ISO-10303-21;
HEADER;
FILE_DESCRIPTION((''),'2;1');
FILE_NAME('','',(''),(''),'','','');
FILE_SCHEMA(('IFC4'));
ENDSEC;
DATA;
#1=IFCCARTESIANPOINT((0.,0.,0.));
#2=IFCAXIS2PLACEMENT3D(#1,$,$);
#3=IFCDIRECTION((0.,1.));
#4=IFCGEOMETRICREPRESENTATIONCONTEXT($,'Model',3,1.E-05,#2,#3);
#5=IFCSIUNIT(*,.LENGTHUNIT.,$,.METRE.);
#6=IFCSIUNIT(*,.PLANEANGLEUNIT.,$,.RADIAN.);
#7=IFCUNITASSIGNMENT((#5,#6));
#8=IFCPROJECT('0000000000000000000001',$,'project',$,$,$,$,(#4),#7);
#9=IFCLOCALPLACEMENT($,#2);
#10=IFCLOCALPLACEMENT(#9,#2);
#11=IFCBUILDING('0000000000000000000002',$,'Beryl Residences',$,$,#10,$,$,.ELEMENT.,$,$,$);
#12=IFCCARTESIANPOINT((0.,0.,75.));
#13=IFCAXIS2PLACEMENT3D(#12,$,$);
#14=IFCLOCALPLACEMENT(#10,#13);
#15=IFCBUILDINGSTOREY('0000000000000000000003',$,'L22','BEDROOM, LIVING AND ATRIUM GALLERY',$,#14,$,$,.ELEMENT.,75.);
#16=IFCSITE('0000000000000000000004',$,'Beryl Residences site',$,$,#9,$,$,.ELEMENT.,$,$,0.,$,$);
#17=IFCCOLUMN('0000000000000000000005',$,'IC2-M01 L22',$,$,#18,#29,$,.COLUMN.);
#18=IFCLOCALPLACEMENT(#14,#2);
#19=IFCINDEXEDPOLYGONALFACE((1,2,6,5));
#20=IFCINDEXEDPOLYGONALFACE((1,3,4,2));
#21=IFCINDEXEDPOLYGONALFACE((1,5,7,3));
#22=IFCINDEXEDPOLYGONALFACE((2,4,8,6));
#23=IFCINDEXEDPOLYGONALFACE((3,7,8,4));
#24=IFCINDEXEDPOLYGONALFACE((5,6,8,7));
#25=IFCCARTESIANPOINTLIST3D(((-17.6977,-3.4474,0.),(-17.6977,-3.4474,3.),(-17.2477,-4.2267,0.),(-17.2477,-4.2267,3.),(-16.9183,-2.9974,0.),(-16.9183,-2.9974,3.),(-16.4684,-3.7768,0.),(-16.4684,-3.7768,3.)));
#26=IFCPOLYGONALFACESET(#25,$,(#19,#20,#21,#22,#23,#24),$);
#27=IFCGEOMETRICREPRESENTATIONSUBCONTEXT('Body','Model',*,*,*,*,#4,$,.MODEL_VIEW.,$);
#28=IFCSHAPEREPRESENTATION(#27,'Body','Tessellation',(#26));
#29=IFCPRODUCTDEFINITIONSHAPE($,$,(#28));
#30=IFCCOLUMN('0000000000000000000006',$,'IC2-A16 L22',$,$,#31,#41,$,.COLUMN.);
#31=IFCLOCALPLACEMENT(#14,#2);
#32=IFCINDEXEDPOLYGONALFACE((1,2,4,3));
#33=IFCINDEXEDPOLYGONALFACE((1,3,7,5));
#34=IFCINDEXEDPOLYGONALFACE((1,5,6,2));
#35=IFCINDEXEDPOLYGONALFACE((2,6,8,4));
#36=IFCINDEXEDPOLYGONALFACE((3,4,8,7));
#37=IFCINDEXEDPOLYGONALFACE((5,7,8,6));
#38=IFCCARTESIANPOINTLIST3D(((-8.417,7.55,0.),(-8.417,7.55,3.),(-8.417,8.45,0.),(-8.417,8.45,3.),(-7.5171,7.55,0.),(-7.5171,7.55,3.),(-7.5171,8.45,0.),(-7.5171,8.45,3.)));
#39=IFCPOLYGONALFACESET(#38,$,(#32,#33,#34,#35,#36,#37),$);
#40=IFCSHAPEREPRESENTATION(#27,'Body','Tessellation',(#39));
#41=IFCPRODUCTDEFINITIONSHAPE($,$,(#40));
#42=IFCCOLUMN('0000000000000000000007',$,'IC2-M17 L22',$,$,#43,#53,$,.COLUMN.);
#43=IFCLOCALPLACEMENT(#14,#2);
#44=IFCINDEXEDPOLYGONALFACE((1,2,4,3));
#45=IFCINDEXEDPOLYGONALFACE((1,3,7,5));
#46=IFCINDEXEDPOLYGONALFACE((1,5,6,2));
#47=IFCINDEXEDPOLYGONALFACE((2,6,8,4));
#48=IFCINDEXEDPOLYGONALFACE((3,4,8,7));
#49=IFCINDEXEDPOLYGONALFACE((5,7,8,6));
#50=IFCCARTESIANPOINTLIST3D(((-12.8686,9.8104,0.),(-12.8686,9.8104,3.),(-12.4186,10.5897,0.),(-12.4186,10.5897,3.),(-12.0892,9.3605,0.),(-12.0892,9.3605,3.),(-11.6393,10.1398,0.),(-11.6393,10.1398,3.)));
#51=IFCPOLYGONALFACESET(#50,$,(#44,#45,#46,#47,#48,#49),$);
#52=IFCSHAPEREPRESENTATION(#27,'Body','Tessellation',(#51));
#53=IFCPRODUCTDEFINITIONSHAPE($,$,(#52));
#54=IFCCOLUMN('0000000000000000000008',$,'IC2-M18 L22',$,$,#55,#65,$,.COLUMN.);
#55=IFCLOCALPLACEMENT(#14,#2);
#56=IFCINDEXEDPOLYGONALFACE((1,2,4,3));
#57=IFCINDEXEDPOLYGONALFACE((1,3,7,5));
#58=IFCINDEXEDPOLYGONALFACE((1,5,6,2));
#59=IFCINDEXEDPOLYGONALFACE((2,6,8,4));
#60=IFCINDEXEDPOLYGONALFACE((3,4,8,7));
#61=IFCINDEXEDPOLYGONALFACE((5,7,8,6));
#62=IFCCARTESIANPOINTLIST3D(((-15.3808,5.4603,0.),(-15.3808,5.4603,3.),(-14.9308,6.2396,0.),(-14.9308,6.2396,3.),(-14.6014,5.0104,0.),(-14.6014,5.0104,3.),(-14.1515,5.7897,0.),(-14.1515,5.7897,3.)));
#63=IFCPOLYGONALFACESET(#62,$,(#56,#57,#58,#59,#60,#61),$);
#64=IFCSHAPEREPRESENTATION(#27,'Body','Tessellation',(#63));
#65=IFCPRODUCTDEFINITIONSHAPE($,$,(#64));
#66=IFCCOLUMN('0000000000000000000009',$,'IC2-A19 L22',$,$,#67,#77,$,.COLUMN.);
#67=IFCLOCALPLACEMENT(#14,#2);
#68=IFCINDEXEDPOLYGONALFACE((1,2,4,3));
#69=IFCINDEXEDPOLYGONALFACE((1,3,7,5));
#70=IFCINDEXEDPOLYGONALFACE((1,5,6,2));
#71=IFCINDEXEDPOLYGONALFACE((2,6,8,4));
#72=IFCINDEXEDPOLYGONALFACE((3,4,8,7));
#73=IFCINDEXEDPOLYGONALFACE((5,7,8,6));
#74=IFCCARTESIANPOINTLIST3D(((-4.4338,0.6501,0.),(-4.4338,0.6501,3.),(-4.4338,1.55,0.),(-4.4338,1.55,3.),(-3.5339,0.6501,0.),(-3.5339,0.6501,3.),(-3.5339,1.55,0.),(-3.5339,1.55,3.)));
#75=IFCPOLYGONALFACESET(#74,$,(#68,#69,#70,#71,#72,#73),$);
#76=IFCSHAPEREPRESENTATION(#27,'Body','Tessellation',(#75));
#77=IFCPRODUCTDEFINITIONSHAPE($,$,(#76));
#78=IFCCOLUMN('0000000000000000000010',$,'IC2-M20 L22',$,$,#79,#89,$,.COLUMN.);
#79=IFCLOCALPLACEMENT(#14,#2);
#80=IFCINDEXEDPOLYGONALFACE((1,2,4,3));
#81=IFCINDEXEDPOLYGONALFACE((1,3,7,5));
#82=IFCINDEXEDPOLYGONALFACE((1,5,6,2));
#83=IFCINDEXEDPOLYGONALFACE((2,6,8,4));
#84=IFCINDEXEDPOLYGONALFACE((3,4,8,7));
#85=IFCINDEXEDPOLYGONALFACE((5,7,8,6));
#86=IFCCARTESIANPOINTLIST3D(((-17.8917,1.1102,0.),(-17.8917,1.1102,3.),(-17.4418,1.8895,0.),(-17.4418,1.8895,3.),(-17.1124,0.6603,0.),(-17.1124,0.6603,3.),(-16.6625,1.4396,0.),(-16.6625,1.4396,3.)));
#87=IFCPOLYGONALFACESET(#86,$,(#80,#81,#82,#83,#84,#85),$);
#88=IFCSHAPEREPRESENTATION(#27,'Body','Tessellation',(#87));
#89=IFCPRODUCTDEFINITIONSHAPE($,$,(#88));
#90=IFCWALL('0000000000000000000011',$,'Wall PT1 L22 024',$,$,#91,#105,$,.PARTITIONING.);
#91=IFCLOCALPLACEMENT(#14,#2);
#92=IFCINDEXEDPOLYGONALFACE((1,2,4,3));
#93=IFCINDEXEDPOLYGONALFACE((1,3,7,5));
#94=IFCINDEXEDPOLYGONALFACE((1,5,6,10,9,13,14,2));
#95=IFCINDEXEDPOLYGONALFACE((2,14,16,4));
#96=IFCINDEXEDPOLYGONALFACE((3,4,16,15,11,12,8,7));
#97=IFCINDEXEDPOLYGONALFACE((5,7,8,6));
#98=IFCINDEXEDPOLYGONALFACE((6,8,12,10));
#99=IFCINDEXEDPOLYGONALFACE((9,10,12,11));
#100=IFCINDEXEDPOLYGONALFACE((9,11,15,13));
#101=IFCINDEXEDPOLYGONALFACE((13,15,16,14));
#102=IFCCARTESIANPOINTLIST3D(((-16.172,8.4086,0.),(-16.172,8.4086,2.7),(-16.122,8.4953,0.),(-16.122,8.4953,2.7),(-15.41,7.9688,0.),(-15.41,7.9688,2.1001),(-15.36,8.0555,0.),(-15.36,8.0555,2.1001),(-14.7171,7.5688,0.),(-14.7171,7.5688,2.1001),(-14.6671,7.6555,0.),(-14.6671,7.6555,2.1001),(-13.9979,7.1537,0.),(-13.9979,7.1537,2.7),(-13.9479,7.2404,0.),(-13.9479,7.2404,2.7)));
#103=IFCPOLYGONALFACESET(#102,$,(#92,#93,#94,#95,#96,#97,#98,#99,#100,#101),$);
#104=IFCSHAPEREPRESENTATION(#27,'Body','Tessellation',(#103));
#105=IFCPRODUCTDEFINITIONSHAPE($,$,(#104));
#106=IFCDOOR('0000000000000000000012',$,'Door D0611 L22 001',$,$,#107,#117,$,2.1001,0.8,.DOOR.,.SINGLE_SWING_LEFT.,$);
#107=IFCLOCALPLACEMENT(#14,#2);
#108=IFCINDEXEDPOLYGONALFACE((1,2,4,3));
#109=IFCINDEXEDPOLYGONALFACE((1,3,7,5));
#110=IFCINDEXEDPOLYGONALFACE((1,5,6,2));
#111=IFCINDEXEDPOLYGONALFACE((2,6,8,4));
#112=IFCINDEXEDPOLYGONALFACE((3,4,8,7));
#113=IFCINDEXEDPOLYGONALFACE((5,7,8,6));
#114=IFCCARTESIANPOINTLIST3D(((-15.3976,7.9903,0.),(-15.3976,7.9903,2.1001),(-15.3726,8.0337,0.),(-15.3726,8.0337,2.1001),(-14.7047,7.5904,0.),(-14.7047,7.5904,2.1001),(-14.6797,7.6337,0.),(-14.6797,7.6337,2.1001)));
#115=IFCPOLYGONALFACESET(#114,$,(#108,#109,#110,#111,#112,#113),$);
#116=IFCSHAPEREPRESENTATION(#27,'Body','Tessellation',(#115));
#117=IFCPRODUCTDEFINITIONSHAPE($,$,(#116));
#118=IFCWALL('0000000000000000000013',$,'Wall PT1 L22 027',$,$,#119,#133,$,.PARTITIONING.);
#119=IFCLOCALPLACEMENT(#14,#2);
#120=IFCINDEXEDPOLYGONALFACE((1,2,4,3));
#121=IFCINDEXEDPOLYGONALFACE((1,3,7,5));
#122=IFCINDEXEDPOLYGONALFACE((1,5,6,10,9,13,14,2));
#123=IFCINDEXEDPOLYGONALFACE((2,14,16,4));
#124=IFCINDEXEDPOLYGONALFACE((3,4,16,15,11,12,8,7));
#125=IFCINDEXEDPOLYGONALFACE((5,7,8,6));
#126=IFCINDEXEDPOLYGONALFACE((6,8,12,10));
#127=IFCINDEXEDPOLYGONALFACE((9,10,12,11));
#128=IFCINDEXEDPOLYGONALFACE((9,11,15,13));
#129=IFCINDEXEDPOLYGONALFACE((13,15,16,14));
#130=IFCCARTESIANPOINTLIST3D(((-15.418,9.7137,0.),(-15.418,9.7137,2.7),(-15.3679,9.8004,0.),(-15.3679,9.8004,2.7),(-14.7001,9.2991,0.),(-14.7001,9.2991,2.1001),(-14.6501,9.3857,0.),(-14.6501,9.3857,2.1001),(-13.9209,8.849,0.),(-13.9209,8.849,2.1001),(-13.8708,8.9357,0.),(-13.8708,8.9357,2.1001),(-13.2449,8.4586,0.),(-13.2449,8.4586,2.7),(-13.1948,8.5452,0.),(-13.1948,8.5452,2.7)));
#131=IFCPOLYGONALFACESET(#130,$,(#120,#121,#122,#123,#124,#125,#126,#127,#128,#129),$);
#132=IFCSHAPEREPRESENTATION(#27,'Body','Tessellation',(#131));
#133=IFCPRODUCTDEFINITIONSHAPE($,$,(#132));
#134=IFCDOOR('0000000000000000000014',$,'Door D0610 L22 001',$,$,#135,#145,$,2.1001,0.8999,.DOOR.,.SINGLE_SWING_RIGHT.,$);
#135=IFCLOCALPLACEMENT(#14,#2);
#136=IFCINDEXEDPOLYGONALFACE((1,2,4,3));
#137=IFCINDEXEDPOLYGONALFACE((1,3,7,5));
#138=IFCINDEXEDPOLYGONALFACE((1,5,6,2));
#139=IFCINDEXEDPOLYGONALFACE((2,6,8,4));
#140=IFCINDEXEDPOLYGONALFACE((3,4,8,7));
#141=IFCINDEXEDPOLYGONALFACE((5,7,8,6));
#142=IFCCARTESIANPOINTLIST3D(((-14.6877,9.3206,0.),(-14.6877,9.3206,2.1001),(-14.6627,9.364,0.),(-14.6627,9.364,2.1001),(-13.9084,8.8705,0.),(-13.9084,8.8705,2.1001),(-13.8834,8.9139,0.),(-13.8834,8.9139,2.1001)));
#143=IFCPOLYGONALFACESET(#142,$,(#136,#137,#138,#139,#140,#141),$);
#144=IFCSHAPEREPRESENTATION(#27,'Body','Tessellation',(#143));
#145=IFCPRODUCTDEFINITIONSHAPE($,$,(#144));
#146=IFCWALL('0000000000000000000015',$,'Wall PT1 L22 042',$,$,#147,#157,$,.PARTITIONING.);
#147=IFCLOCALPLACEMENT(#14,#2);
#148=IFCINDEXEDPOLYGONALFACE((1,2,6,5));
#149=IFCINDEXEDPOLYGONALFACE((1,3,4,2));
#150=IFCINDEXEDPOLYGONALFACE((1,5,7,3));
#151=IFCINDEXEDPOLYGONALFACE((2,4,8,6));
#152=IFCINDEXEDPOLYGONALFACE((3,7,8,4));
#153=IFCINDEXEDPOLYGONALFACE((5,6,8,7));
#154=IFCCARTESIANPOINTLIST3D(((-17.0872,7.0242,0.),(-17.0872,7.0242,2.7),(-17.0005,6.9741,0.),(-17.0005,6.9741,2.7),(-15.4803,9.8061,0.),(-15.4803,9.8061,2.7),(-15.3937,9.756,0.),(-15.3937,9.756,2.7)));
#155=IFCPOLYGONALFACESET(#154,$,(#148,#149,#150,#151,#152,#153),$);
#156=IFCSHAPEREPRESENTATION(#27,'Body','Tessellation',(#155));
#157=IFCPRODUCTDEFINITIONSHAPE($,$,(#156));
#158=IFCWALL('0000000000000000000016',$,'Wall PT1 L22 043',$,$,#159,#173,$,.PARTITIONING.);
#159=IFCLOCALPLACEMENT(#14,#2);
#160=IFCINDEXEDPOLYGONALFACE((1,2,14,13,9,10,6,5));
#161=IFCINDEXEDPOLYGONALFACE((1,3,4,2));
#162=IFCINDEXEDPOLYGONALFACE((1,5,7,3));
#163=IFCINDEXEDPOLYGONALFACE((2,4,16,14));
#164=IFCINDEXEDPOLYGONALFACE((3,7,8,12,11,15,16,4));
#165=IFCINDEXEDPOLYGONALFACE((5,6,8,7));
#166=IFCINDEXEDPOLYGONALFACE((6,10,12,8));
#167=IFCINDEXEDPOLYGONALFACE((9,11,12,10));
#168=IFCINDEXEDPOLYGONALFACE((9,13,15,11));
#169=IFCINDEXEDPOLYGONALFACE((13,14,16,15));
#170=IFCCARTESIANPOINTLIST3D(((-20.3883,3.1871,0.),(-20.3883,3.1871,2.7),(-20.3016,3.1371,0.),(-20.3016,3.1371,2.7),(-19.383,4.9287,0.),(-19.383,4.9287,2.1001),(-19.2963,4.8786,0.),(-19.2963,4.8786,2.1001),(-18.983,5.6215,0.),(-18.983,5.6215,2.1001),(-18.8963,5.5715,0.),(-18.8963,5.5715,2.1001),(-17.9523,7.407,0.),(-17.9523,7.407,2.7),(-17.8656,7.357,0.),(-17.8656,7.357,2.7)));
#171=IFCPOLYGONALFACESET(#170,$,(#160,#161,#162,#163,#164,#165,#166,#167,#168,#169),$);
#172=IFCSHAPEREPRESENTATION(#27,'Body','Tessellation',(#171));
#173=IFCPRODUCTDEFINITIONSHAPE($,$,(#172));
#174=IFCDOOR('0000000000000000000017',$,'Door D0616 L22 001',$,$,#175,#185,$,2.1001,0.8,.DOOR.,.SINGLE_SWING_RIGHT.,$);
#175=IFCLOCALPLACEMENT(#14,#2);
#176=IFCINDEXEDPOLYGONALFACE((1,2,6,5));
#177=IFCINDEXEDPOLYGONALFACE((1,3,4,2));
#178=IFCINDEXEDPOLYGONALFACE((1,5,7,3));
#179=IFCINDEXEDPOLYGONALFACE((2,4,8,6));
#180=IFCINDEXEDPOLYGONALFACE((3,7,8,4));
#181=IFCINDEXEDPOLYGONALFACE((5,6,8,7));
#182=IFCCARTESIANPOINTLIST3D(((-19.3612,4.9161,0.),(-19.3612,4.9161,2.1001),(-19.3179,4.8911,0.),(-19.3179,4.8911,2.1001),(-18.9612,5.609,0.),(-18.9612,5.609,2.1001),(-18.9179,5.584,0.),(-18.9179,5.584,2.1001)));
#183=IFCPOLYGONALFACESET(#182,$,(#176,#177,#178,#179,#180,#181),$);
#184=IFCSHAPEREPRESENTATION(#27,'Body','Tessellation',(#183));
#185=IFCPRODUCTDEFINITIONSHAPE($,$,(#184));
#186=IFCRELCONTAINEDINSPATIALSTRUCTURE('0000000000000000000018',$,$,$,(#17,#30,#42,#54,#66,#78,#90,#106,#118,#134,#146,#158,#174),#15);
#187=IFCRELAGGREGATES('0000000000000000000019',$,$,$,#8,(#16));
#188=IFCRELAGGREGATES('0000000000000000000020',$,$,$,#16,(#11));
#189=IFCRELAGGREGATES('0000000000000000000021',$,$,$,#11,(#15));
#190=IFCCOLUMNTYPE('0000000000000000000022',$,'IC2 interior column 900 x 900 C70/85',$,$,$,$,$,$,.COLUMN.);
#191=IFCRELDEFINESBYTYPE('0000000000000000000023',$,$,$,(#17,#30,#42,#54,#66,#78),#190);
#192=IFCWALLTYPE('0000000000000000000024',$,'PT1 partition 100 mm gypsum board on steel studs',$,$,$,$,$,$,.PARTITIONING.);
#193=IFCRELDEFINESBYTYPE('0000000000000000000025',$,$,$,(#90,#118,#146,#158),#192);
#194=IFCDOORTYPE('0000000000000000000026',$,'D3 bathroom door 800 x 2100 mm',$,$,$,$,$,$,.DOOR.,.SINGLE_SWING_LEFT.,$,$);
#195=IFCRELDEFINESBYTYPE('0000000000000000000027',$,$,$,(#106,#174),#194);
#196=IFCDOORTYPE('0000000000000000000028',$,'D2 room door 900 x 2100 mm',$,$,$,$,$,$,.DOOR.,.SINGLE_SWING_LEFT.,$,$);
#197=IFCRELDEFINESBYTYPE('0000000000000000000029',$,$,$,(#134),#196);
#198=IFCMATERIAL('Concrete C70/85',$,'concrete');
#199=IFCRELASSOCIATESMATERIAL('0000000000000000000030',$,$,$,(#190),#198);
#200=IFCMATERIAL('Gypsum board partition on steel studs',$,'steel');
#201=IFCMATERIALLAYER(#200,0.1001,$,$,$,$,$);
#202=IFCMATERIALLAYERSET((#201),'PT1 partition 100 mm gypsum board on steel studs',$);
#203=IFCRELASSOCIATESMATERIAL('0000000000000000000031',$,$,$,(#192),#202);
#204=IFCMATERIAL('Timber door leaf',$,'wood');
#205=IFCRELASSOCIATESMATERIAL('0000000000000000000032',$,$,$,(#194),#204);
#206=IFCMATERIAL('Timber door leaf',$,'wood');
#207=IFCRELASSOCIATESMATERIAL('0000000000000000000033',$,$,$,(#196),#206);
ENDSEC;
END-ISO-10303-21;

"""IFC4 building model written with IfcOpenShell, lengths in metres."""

from ifc_helpers import new_model, si_unit, direction, frame, frame_2d, origin, origin_2d, place, context, subcontext, project, spatial, rectangle, extrude, material, layer, layer_set, material_profile, profile_set, type_object, element, fill, save


model = new_model("IFC4")

# Units and contexts
model_context = context("Model", 3, precision=1e-05, world=origin(), true_north=direction((0.0, 1.0)))
body_context = subcontext(model_context, "Body", "Model", "MODEL_VIEW")
ifc_project = project(units=[si_unit("LENGTHUNIT", "METRE"), si_unit("PLANEANGLEUNIT", "RADIAN")], contexts=[model_context])

# Site, building, storey
site_placement = place(None, origin())
site = spatial("IfcSite", under=ifc_project, at=site_placement, Name="Beryl Residences site", CompositionType="ELEMENT", RefElevation=0.0)
building_placement = place(site_placement, origin())
building = spatial("IfcBuilding", under=site, at=building_placement, Name="Beryl Residences", CompositionType="ELEMENT")
storey_placement = place(building_placement, frame((0.0, 0.0, 75.0)))
storey = spatial("IfcBuildingStorey", under=building, at=storey_placement, Name="L22", Description="BEDROOM, LIVING AND ATRIUM GALLERY", CompositionType="ELEMENT", Elevation=75.0)

# Columns
ifc_material_1 = material(Name="Concrete C70/85", Category="concrete")
ifc_material_profile = material_profile(ifc_material_1, rectangle(XDim=0.8999, YDim=0.8999, at=origin_2d()))
ifc_profile_set = profile_set([ifc_material_profile], Name="Concrete C70/85")
column_type = type_object("IfcColumnType", Name="IC2 interior column 900 x 900 C70/85", PredefinedType="COLUMN", material=ifc_profile_set)
for number, where, z_axis, x_axis, name in (
    (1, (-17.083, -3.6121, 0.0), (0.0, 0.0, 1.0), (0.5, -0.866025, 0.0), "IC2-M01 L22"),
    (2, (-7.967, 8.0, 0.0), (0.0, 0.0, 1.0), (1.0, 0.0, 0.0), "IC2-A16 L22"),
    (3, (-12.2539, 9.9751, 0.0), (0.0, 0.0, 1.0), (-0.5, -0.866025, 0.0), "IC2-M17 L22"),
    (4, (-14.7661, 5.625, 0.0), (0.0, 0.0, 1.0), (-0.5, -0.866025, 0.0), "IC2-M18 L22"),
    (5, (-3.9839, 1.1001, 0.0), (0.0, 0.0, 1.0), (1.0, 0.0, 0.0), "IC2-A19 L22"),
    (6, (-17.2771, 1.2749, 0.0), (0.0, 0.0, 1.0), (-0.5, -0.866025, 0.0), "IC2-M20 L22"),
):
    element("IfcColumn", number, at=place(storey_placement, frame(where, z_axis=z_axis, x_axis=x_axis)), inside=storey, type_object=column_type, Name=name, PredefinedType="COLUMN", context=body_context, shape_type="SweptSolid", body=[
        extrude(rectangle(XDim=0.8999, YDim=0.8999, at=origin_2d()), origin(), (0.0, 0.0, 1.0), 3.0),
    ])

# Walls, openings, doors
ifc_material_2 = material(Name="Gypsum board partition on steel studs", Category="steel")
ifc_layer_1 = layer(ifc_material_2, 0.1001)
ifc_layer_set_1 = layer_set([ifc_layer_1], Name="PT1 partition 100 mm gypsum board on steel studs")
wall_type_1 = type_object("IfcWallType", Name="PT1 partition 100 mm gypsum board on steel studs", PredefinedType="PARTITIONING", material=ifc_layer_set_1)
wall_1_placement = place(storey_placement, frame((-16.147, 8.4519, 0.0), z_axis=(0.0, 0.0, 1.0), x_axis=(0.86608, -0.499905, 0.0)))
wall_1 = element("IfcWall", 7, at=wall_1_placement, inside=storey, type_object=wall_type_1, Name="Wall PT1 L22 024", PredefinedType="PARTITIONING", context=body_context, shape_type="SweptSolid", body=[
    extrude(rectangle(XDim=2.5103, YDim=0.1001, at=frame_2d((1.2551, 0.0))), origin(), (0.0, 0.0, 1.0), 2.7),
])
opening_1_placement = place(wall_1_placement, frame((0.8799, 0.0, 0.0)))
opening_1 = element("IfcOpeningElement", 8, at=opening_1_placement, cuts=wall_1, PredefinedType="OPENING", context=body_context, shape_type="SweptSolid", body=[
    extrude(rectangle(XDim=0.8, YDim=2.1001, at=frame_2d((0.3999, 1.05))), frame((0.0, 0.0601, 0.0), z_axis=(0.0, -1.0, 0.0), x_axis=(1.0, 0.0, 0.0)), (0.0, 0.0, 1.0), 0.1201),
])
ifc_material_3 = material(Name="Timber door leaf", Category="wood")
door_type_1 = type_object("IfcDoorType", Name="D3 bathroom door 800 x 2100 mm", OperationType="SINGLE_SWING_LEFT", PredefinedType="DOOR", material=ifc_material_3)
door_1_placement = place(opening_1_placement, origin())
door_1 = element("IfcDoor", 9, at=door_1_placement, inside=storey, type_object=door_type_1, Name="Door D0611 L22 001", OperationType="SINGLE_SWING_LEFT", OverallHeight=2.1001, OverallWidth=0.8, PredefinedType="DOOR", context=body_context, shape_type="SweptSolid", body=[
    extrude(rectangle(XDim=0.8, YDim=2.1001, at=frame_2d((0.3999, 1.05))), frame((0.0, 0.0249, 0.0), z_axis=(0.0, -1.0, 0.0), x_axis=(1.0, 0.0, 0.0)), (0.0, 0.0, 1.0), 0.05),
])
fill(opening_1, door_1)
wall_2_placement = place(storey_placement, frame((-15.3931, 9.7571, 0.0), z_axis=(0.0, 0.0, 1.0), x_axis=(0.865941, -0.500146, 0.0)))
wall_2 = element("IfcWall", 10, at=wall_2_placement, inside=storey, type_object=wall_type_1, Name="Wall PT1 L22 027", PredefinedType="PARTITIONING", context=body_context, shape_type="SweptSolid", body=[
    extrude(rectangle(XDim=2.5095, YDim=0.1001, at=frame_2d((1.2549, 0.0))), origin(), (0.0, 0.0, 1.0), 2.7),
])
opening_2_placement = place(wall_2_placement, frame((0.8291, 0.0, 0.0)))
opening_2 = element("IfcOpeningElement", 11, at=opening_2_placement, cuts=wall_2, PredefinedType="OPENING", context=body_context, shape_type="SweptSolid", body=[
    extrude(rectangle(XDim=0.8999, YDim=2.1001, at=frame_2d((0.45, 1.05))), frame((0.0, 0.0601, 0.0), z_axis=(0.0, -1.0, 0.0), x_axis=(1.0, 0.0, 0.0)), (0.0, 0.0, 1.0), 0.1201),
])
ifc_material_4 = material(Name="Timber door leaf", Category="wood")
door_type_2 = type_object("IfcDoorType", Name="D2 room door 900 x 2100 mm", OperationType="SINGLE_SWING_LEFT", PredefinedType="DOOR", material=ifc_material_4)
door_2_placement = place(opening_2_placement, origin())
door_2 = element("IfcDoor", 12, at=door_2_placement, inside=storey, type_object=door_type_2, Name="Door D0610 L22 001", OperationType="SINGLE_SWING_RIGHT", OverallHeight=2.1001, OverallWidth=0.8999, PredefinedType="DOOR", context=body_context, shape_type="SweptSolid", body=[
    extrude(rectangle(XDim=0.8999, YDim=2.1001, at=frame_2d((0.45, 1.05))), frame((0.0, 0.0249, 0.0), z_axis=(0.0, -1.0, 0.0), x_axis=(1.0, 0.0, 0.0)), (0.0, 0.0, 1.0), 0.05),
])
fill(opening_2, door_2)

# Wall
wall_3_placement = place(storey_placement, frame((-17.0439, 6.999, 0.0), z_axis=(0.0, 0.0, 1.0), x_axis=(0.500176, 0.865924, 0.0)))
element("IfcWall", 13, at=wall_3_placement, inside=storey, type_object=wall_type_1, Name="Wall PT1 L22 042", PredefinedType="PARTITIONING", context=body_context, shape_type="SweptSolid", body=[
    extrude(rectangle(XDim=3.2126, YDim=0.1001, at=frame_2d((1.6064, 0.0))), origin(), (0.0, 0.0, 1.0), 2.7),
])

# Wall, opening, door
wall_4_placement = place(storey_placement, frame((-20.345, 3.1621, 0.0), z_axis=(0.0, 0.0, 1.0), x_axis=(0.499944, 0.866058, 0.0)))
wall_4 = element("IfcWall", 14, at=wall_4_placement, inside=storey, type_object=wall_type_1, Name="Wall PT1 L22 043", PredefinedType="PARTITIONING", context=body_context, shape_type="SweptSolid", body=[
    extrude(rectangle(XDim=4.8726, YDim=0.1001, at=frame_2d((2.4363, 0.0))), origin(), (0.0, 0.0, 1.0), 2.7),
])
opening_3_placement = place(wall_4_placement, frame((2.011, 0.0, 0.0)))
opening_3 = element("IfcOpeningElement", 15, at=opening_3_placement, cuts=wall_4, PredefinedType="OPENING", context=body_context, shape_type="SweptSolid", body=[
    extrude(rectangle(XDim=0.8, YDim=2.1001, at=frame_2d((0.3999, 1.05))), frame((0.0, 0.0601, 0.0), z_axis=(0.0, -1.0, 0.0), x_axis=(1.0, 0.0, 0.0)), (0.0, 0.0, 1.0), 0.1201),
])
door_3_placement = place(opening_3_placement, origin())
door_3 = element("IfcDoor", 16, at=door_3_placement, inside=storey, type_object=door_type_1, Name="Door D0616 L22 001", OperationType="SINGLE_SWING_RIGHT", OverallHeight=2.1001, OverallWidth=0.8, PredefinedType="DOOR", context=body_context, shape_type="SweptSolid", body=[
    extrude(rectangle(XDim=0.8, YDim=2.1001, at=frame_2d((0.3999, 1.05))), frame((0.0, 0.0249, 0.0), z_axis=(0.0, -1.0, 0.0), x_axis=(1.0, 0.0, 0.0)), (0.0, 0.0, 1.0), 0.05),
])
fill(opening_3, door_3)

save(model, "model.ifc")
